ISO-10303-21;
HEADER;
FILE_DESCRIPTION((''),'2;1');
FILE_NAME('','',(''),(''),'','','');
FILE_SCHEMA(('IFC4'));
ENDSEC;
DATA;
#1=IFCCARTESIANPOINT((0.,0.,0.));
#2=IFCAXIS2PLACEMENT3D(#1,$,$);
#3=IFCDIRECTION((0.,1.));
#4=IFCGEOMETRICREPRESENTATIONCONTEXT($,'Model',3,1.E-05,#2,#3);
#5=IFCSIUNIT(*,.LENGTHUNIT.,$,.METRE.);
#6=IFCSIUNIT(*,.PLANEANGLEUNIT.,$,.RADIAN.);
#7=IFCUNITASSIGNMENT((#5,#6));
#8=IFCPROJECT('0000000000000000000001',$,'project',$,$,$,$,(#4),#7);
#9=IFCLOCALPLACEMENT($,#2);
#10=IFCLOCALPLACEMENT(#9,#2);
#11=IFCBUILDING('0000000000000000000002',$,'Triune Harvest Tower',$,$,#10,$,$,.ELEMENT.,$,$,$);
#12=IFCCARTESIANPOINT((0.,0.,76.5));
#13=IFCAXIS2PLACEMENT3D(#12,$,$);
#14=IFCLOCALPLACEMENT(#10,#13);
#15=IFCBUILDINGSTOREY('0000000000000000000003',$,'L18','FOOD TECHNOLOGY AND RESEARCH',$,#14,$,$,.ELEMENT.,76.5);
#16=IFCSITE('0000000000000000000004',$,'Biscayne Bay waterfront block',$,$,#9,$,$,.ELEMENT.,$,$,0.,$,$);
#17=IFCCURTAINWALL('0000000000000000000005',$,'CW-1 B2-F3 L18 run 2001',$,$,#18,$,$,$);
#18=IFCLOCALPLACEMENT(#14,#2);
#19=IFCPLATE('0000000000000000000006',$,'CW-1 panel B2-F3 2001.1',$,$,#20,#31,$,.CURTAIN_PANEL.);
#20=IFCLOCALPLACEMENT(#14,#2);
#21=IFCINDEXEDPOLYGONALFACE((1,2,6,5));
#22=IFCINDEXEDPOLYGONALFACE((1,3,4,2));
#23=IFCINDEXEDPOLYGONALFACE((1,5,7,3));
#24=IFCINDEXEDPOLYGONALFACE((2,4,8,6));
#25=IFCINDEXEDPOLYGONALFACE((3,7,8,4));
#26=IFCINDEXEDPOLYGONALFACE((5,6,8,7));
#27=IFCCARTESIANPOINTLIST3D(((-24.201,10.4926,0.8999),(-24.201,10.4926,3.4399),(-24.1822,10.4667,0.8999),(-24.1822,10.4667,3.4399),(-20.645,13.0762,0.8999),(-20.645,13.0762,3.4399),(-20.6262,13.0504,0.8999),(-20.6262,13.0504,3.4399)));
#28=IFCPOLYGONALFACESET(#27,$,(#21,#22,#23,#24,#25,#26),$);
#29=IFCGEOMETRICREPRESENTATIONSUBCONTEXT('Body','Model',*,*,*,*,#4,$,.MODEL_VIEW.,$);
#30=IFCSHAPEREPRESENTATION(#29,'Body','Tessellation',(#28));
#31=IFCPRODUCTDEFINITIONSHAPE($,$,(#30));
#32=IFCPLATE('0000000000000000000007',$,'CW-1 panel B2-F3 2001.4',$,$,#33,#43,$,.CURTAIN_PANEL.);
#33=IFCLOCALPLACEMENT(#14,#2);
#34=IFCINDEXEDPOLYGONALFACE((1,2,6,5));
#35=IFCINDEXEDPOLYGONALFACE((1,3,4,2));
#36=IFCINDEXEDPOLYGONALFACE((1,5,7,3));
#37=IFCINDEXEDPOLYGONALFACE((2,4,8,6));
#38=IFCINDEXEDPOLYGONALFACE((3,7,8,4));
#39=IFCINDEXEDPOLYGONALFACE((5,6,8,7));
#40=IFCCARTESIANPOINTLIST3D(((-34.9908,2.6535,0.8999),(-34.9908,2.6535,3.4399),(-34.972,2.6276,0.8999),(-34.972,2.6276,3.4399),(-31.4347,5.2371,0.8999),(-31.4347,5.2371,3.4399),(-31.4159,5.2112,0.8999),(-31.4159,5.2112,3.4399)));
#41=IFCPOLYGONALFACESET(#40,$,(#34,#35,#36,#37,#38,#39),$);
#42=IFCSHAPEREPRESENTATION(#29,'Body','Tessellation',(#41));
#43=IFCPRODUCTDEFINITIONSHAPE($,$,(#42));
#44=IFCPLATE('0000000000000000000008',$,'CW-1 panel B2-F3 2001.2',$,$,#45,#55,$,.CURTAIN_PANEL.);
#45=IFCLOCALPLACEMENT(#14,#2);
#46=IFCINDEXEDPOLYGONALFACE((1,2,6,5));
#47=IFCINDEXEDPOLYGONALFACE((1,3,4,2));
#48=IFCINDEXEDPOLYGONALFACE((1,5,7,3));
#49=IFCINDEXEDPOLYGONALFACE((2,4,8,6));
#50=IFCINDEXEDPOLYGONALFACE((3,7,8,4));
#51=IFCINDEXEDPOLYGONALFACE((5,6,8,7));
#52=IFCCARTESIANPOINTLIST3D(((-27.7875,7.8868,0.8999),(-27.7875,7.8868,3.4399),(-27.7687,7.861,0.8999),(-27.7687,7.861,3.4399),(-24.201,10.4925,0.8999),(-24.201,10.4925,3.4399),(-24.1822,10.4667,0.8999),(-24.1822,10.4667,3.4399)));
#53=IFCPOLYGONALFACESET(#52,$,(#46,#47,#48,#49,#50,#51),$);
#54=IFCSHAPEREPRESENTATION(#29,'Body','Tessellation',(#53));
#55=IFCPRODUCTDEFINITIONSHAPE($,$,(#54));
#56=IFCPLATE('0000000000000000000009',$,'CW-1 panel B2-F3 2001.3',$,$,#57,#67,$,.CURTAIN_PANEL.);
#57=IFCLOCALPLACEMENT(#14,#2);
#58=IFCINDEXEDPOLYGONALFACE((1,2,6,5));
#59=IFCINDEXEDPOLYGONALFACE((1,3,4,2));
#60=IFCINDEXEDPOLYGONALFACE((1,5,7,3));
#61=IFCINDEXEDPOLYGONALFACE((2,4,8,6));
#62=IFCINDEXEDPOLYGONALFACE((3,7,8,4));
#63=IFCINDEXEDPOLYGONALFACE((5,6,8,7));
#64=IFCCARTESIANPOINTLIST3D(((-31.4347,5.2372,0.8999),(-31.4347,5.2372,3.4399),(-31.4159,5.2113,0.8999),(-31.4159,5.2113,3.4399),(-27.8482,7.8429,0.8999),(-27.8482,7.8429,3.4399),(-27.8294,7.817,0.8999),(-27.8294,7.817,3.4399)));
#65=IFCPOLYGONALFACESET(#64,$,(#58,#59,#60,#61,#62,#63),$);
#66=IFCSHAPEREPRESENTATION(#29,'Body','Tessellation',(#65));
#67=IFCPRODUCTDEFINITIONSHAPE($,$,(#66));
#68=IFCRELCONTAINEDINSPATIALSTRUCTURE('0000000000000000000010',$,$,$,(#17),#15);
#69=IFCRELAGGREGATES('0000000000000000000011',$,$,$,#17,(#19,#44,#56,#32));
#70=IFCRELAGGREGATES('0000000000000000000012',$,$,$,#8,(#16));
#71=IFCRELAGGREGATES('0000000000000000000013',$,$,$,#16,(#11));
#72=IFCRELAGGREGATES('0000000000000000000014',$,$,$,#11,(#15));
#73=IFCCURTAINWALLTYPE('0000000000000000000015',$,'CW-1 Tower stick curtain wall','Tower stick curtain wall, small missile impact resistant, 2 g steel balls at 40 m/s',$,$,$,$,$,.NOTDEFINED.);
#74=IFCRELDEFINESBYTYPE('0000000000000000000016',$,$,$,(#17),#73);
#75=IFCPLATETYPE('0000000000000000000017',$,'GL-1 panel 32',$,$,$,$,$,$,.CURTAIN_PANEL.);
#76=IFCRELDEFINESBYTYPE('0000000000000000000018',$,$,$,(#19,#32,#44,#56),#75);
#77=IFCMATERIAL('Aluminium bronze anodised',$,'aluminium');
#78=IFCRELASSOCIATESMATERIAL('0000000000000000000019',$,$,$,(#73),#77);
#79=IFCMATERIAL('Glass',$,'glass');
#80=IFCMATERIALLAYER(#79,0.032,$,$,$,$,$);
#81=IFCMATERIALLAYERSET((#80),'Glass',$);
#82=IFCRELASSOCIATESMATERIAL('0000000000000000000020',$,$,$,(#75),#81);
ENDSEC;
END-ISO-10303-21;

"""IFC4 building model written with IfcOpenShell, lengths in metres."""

from ifc_helpers import new_model, si_unit, direction, frame, origin, origin_2d, place, context, subcontext, project, spatial, rectangle, extrude, source, transform, mapped, material, layer, layer_set, type_object, element, aggregate, save


model = new_model("IFC4")

# Units and contexts
model_context = context("Model", 3, precision=1e-05, world=origin(), true_north=direction((0.0, 1.0)))
body_context = subcontext(model_context, "Body", "Model", "MODEL_VIEW")
ifc_project = project(units=[si_unit("LENGTHUNIT", "METRE"), si_unit("PLANEANGLEUNIT", "RADIAN")], contexts=[model_context])

# Site, building, storey
site_placement = place(None, origin())
site = spatial("IfcSite", under=ifc_project, at=site_placement, Name="Biscayne Bay waterfront block", CompositionType="ELEMENT", RefElevation=0.0)
building_placement = place(site_placement, origin())
building = spatial("IfcBuilding", under=site, at=building_placement, Name="Triune Harvest Tower", CompositionType="ELEMENT")
storey_placement = place(building_placement, frame((0.0, 0.0, 76.5)))
storey = spatial("IfcBuildingStorey", under=building, at=storey_placement, Name="L18", Description="FOOD TECHNOLOGY AND RESEARCH", CompositionType="ELEMENT", Elevation=76.5)

# Curtain wall
ifc_material_1 = material(Name="Aluminium bronze anodised", Category="aluminium")
curtain_wall_type_1 = type_object("IfcCurtainWallType", Name="CW-1 Tower stick curtain wall", Description="Tower stick curtain wall, small missile impact resistant, 2 g steel balls at 40 m/s", PredefinedType="NOTDEFINED", material=ifc_material_1)
curtain_wall_1_placement = place(storey_placement, origin())
curtain_wall_1 = element("IfcCurtainWall", 1, at=curtain_wall_1_placement, inside=storey, type_object=curtain_wall_type_1, Name="CW-1 B2-F3 L18 run 2001")

# Plates
ifc_material_2 = material(Name="Glass", Category="glass")
ifc_layer = layer(ifc_material_2, 0.032)
ifc_layer_set = layer_set([ifc_layer], Name="Glass")
plate_type = type_object("IfcPlateType", Name="GL-1 panel 32", PredefinedType="CURTAIN_PANEL", material=ifc_layer_set)
shared_shape_1 = source(origin(), body_context, "Body", "SweptSolid", [
    extrude(rectangle(XDim=4.3955, YDim=0.032, at=origin_2d()), origin(), (0.0, 0.0, 1.0), 2.54),
])
plate_1_placement = place(storey_placement, frame((-22.4136, 11.7715, 0.8999), z_axis=(0.0, 0.0, 1.0), x_axis=(-0.809018, -0.587783, 0.0)))
plate_1 = element("IfcPlate", 2, at=plate_1_placement, type_object=plate_type, Name="CW-1 panel B2-F3 2001.1", PredefinedType="CURTAIN_PANEL", context=body_context, shape_type="MappedRepresentation", body=[
    mapped(shared_shape_1, transform((0.0, 0.0, 0.0), scale=1.0)),
])
plate_2_placement = place(storey_placement, frame((-33.2034, 3.9324, 0.8999), z_axis=(0.0, 0.0, 1.0), x_axis=(-0.809018, -0.587783, 0.0)))
plate_2 = element("IfcPlate", 3, at=plate_2_placement, type_object=plate_type, Name="CW-1 panel B2-F3 2001.4", PredefinedType="CURTAIN_PANEL", context=body_context, shape_type="MappedRepresentation", body=[
    mapped(shared_shape_1, transform((0.0, 0.0, 0.0), scale=1.0)),
])
shared_shape_2 = source(origin(), body_context, "Body", "SweptSolid", [
    extrude(rectangle(XDim=4.4331, YDim=0.032, at=origin_2d()), origin(), (0.0, 0.0, 1.0), 2.54),
])
plate_3_placement = place(storey_placement, frame((-25.9849, 9.1768, 0.8999), z_axis=(0.0, 0.0, 1.0), x_axis=(-0.809018, -0.587783, 0.0)))
plate_3 = element("IfcPlate", 4, at=plate_3_placement, type_object=plate_type, Name="CW-1 panel B2-F3 2001.2", PredefinedType="CURTAIN_PANEL", context=body_context, shape_type="MappedRepresentation", body=[
    mapped(shared_shape_2, transform((0.0, 0.0, 0.0), scale=1.0)),
])
plate_4_placement = place(storey_placement, frame((-29.6321, 6.5271, 0.8999), z_axis=(0.0, 0.0, 1.0), x_axis=(-0.809018, -0.587783, 0.0)))
plate_4 = element("IfcPlate", 5, at=plate_4_placement, type_object=plate_type, Name="CW-1 panel B2-F3 2001.3", PredefinedType="CURTAIN_PANEL", context=body_context, shape_type="MappedRepresentation", body=[
    mapped(shared_shape_2, transform((0.0, 0.0, 0.0), scale=1.0)),
])
aggregate(curtain_wall_1, [plate_1, plate_3, plate_4, plate_2])

save(model, "model.ifc")
